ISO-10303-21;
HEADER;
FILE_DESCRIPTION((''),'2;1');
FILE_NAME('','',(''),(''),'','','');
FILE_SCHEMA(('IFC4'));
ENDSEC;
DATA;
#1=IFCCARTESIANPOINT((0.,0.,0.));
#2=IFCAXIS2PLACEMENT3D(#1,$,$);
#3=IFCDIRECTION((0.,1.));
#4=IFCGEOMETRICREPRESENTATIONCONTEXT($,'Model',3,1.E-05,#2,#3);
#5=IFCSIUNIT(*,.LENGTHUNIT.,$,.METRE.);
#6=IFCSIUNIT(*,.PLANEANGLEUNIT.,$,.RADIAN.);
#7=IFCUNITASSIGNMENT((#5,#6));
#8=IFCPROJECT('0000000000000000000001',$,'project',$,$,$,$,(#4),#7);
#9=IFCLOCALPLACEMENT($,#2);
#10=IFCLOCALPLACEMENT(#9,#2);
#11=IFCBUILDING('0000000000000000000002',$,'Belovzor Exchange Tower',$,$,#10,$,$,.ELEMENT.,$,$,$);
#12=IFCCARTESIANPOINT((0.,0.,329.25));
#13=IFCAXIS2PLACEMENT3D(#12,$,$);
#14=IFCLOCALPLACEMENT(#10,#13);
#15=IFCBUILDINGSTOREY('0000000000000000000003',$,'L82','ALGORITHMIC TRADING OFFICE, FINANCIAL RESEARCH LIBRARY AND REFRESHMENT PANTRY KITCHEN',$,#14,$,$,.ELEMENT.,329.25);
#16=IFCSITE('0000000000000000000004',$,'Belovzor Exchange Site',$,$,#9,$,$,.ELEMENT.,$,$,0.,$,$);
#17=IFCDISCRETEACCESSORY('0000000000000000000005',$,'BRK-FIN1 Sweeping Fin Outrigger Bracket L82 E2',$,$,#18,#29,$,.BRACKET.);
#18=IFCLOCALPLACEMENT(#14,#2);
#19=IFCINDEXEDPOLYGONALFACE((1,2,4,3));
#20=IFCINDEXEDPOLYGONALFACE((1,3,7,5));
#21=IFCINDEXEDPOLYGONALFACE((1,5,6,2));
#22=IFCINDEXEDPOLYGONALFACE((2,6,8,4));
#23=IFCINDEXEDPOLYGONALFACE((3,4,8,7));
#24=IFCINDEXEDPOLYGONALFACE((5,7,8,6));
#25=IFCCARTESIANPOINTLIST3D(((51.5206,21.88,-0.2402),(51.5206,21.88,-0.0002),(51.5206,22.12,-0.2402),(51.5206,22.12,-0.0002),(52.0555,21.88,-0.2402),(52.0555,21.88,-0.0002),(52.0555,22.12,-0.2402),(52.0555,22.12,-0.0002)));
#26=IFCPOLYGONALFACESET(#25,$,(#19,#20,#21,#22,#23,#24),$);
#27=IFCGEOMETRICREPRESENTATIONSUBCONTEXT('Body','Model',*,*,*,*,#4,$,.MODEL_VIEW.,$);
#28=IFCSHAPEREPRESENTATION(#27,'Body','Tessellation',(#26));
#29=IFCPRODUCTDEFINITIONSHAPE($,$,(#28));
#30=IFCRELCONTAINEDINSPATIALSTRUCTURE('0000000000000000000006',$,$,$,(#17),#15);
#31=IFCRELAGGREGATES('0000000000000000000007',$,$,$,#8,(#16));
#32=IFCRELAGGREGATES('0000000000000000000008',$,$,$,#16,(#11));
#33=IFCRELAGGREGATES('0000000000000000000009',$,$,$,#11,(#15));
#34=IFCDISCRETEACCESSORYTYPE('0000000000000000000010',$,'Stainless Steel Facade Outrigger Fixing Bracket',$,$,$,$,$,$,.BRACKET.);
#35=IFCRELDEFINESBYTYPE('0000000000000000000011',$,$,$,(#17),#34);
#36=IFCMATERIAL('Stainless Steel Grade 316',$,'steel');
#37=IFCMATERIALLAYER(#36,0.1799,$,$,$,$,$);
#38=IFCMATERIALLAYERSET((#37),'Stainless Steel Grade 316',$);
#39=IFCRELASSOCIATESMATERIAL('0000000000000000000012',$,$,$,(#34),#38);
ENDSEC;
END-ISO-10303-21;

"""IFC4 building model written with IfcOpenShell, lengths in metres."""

from ifc_helpers import new_model, si_unit, direction, frame, origin, origin_2d, place, context, subcontext, project, spatial, rectangle, extrude, material, layer, layer_set, type_object, element, save


model = new_model("IFC4")

# Units and contexts
model_context = context("Model", 3, precision=1e-05, world=origin(), true_north=direction((0.0, 1.0)))
body_context = subcontext(model_context, "Body", "Model", "MODEL_VIEW")
ifc_project = project(units=[si_unit("LENGTHUNIT", "METRE"), si_unit("PLANEANGLEUNIT", "RADIAN")], contexts=[model_context])

# Site, building, storey
site_placement = place(None, origin())
site = spatial("IfcSite", under=ifc_project, at=site_placement, Name="Belovzor Exchange Site", CompositionType="ELEMENT", RefElevation=0.0)
building_placement = place(site_placement, origin())
building = spatial("IfcBuilding", under=site, at=building_placement, Name="Belovzor Exchange Tower", CompositionType="ELEMENT")
storey_placement = place(building_placement, frame((0.0, 0.0, 329.25)))
storey = spatial("IfcBuildingStorey", under=building, at=storey_placement, Name="L82", Description="ALGORITHMIC TRADING OFFICE, FINANCIAL RESEARCH LIBRARY AND REFRESHMENT PANTRY KITCHEN", CompositionType="ELEMENT", Elevation=329.25)

# Discrete accessory
ifc_material_1 = material(Name="Stainless Steel Grade 316", Category="steel")
ifc_layer_1 = layer(ifc_material_1, 0.1799)
ifc_layer_set_1 = layer_set([ifc_layer_1], Name="Stainless Steel Grade 316")
discrete_accessory_type = type_object("IfcDiscreteAccessoryType", Name="Stainless Steel Facade Outrigger Fixing Bracket", PredefinedType="BRACKET", material=ifc_layer_set_1)
discrete_accessory_placement = place(storey_placement, frame((51.7881, 22.0, -0.2402), z_axis=(0.0, 0.0, 1.0), x_axis=(1.0, 0.0, 0.0)))
element("IfcDiscreteAccessory", 1, at=discrete_accessory_placement, inside=storey, type_object=discrete_accessory_type, Name="BRK-FIN1 Sweeping Fin Outrigger Bracket L82 E2", PredefinedType="BRACKET", context=body_context, shape_type="SweptSolid", body=[
    extrude(rectangle(XDim=0.5349, YDim=0.24, at=origin_2d()), origin(), (0.0, 0.0, 1.0), 0.24),
])

save(model, "model.ifc")
